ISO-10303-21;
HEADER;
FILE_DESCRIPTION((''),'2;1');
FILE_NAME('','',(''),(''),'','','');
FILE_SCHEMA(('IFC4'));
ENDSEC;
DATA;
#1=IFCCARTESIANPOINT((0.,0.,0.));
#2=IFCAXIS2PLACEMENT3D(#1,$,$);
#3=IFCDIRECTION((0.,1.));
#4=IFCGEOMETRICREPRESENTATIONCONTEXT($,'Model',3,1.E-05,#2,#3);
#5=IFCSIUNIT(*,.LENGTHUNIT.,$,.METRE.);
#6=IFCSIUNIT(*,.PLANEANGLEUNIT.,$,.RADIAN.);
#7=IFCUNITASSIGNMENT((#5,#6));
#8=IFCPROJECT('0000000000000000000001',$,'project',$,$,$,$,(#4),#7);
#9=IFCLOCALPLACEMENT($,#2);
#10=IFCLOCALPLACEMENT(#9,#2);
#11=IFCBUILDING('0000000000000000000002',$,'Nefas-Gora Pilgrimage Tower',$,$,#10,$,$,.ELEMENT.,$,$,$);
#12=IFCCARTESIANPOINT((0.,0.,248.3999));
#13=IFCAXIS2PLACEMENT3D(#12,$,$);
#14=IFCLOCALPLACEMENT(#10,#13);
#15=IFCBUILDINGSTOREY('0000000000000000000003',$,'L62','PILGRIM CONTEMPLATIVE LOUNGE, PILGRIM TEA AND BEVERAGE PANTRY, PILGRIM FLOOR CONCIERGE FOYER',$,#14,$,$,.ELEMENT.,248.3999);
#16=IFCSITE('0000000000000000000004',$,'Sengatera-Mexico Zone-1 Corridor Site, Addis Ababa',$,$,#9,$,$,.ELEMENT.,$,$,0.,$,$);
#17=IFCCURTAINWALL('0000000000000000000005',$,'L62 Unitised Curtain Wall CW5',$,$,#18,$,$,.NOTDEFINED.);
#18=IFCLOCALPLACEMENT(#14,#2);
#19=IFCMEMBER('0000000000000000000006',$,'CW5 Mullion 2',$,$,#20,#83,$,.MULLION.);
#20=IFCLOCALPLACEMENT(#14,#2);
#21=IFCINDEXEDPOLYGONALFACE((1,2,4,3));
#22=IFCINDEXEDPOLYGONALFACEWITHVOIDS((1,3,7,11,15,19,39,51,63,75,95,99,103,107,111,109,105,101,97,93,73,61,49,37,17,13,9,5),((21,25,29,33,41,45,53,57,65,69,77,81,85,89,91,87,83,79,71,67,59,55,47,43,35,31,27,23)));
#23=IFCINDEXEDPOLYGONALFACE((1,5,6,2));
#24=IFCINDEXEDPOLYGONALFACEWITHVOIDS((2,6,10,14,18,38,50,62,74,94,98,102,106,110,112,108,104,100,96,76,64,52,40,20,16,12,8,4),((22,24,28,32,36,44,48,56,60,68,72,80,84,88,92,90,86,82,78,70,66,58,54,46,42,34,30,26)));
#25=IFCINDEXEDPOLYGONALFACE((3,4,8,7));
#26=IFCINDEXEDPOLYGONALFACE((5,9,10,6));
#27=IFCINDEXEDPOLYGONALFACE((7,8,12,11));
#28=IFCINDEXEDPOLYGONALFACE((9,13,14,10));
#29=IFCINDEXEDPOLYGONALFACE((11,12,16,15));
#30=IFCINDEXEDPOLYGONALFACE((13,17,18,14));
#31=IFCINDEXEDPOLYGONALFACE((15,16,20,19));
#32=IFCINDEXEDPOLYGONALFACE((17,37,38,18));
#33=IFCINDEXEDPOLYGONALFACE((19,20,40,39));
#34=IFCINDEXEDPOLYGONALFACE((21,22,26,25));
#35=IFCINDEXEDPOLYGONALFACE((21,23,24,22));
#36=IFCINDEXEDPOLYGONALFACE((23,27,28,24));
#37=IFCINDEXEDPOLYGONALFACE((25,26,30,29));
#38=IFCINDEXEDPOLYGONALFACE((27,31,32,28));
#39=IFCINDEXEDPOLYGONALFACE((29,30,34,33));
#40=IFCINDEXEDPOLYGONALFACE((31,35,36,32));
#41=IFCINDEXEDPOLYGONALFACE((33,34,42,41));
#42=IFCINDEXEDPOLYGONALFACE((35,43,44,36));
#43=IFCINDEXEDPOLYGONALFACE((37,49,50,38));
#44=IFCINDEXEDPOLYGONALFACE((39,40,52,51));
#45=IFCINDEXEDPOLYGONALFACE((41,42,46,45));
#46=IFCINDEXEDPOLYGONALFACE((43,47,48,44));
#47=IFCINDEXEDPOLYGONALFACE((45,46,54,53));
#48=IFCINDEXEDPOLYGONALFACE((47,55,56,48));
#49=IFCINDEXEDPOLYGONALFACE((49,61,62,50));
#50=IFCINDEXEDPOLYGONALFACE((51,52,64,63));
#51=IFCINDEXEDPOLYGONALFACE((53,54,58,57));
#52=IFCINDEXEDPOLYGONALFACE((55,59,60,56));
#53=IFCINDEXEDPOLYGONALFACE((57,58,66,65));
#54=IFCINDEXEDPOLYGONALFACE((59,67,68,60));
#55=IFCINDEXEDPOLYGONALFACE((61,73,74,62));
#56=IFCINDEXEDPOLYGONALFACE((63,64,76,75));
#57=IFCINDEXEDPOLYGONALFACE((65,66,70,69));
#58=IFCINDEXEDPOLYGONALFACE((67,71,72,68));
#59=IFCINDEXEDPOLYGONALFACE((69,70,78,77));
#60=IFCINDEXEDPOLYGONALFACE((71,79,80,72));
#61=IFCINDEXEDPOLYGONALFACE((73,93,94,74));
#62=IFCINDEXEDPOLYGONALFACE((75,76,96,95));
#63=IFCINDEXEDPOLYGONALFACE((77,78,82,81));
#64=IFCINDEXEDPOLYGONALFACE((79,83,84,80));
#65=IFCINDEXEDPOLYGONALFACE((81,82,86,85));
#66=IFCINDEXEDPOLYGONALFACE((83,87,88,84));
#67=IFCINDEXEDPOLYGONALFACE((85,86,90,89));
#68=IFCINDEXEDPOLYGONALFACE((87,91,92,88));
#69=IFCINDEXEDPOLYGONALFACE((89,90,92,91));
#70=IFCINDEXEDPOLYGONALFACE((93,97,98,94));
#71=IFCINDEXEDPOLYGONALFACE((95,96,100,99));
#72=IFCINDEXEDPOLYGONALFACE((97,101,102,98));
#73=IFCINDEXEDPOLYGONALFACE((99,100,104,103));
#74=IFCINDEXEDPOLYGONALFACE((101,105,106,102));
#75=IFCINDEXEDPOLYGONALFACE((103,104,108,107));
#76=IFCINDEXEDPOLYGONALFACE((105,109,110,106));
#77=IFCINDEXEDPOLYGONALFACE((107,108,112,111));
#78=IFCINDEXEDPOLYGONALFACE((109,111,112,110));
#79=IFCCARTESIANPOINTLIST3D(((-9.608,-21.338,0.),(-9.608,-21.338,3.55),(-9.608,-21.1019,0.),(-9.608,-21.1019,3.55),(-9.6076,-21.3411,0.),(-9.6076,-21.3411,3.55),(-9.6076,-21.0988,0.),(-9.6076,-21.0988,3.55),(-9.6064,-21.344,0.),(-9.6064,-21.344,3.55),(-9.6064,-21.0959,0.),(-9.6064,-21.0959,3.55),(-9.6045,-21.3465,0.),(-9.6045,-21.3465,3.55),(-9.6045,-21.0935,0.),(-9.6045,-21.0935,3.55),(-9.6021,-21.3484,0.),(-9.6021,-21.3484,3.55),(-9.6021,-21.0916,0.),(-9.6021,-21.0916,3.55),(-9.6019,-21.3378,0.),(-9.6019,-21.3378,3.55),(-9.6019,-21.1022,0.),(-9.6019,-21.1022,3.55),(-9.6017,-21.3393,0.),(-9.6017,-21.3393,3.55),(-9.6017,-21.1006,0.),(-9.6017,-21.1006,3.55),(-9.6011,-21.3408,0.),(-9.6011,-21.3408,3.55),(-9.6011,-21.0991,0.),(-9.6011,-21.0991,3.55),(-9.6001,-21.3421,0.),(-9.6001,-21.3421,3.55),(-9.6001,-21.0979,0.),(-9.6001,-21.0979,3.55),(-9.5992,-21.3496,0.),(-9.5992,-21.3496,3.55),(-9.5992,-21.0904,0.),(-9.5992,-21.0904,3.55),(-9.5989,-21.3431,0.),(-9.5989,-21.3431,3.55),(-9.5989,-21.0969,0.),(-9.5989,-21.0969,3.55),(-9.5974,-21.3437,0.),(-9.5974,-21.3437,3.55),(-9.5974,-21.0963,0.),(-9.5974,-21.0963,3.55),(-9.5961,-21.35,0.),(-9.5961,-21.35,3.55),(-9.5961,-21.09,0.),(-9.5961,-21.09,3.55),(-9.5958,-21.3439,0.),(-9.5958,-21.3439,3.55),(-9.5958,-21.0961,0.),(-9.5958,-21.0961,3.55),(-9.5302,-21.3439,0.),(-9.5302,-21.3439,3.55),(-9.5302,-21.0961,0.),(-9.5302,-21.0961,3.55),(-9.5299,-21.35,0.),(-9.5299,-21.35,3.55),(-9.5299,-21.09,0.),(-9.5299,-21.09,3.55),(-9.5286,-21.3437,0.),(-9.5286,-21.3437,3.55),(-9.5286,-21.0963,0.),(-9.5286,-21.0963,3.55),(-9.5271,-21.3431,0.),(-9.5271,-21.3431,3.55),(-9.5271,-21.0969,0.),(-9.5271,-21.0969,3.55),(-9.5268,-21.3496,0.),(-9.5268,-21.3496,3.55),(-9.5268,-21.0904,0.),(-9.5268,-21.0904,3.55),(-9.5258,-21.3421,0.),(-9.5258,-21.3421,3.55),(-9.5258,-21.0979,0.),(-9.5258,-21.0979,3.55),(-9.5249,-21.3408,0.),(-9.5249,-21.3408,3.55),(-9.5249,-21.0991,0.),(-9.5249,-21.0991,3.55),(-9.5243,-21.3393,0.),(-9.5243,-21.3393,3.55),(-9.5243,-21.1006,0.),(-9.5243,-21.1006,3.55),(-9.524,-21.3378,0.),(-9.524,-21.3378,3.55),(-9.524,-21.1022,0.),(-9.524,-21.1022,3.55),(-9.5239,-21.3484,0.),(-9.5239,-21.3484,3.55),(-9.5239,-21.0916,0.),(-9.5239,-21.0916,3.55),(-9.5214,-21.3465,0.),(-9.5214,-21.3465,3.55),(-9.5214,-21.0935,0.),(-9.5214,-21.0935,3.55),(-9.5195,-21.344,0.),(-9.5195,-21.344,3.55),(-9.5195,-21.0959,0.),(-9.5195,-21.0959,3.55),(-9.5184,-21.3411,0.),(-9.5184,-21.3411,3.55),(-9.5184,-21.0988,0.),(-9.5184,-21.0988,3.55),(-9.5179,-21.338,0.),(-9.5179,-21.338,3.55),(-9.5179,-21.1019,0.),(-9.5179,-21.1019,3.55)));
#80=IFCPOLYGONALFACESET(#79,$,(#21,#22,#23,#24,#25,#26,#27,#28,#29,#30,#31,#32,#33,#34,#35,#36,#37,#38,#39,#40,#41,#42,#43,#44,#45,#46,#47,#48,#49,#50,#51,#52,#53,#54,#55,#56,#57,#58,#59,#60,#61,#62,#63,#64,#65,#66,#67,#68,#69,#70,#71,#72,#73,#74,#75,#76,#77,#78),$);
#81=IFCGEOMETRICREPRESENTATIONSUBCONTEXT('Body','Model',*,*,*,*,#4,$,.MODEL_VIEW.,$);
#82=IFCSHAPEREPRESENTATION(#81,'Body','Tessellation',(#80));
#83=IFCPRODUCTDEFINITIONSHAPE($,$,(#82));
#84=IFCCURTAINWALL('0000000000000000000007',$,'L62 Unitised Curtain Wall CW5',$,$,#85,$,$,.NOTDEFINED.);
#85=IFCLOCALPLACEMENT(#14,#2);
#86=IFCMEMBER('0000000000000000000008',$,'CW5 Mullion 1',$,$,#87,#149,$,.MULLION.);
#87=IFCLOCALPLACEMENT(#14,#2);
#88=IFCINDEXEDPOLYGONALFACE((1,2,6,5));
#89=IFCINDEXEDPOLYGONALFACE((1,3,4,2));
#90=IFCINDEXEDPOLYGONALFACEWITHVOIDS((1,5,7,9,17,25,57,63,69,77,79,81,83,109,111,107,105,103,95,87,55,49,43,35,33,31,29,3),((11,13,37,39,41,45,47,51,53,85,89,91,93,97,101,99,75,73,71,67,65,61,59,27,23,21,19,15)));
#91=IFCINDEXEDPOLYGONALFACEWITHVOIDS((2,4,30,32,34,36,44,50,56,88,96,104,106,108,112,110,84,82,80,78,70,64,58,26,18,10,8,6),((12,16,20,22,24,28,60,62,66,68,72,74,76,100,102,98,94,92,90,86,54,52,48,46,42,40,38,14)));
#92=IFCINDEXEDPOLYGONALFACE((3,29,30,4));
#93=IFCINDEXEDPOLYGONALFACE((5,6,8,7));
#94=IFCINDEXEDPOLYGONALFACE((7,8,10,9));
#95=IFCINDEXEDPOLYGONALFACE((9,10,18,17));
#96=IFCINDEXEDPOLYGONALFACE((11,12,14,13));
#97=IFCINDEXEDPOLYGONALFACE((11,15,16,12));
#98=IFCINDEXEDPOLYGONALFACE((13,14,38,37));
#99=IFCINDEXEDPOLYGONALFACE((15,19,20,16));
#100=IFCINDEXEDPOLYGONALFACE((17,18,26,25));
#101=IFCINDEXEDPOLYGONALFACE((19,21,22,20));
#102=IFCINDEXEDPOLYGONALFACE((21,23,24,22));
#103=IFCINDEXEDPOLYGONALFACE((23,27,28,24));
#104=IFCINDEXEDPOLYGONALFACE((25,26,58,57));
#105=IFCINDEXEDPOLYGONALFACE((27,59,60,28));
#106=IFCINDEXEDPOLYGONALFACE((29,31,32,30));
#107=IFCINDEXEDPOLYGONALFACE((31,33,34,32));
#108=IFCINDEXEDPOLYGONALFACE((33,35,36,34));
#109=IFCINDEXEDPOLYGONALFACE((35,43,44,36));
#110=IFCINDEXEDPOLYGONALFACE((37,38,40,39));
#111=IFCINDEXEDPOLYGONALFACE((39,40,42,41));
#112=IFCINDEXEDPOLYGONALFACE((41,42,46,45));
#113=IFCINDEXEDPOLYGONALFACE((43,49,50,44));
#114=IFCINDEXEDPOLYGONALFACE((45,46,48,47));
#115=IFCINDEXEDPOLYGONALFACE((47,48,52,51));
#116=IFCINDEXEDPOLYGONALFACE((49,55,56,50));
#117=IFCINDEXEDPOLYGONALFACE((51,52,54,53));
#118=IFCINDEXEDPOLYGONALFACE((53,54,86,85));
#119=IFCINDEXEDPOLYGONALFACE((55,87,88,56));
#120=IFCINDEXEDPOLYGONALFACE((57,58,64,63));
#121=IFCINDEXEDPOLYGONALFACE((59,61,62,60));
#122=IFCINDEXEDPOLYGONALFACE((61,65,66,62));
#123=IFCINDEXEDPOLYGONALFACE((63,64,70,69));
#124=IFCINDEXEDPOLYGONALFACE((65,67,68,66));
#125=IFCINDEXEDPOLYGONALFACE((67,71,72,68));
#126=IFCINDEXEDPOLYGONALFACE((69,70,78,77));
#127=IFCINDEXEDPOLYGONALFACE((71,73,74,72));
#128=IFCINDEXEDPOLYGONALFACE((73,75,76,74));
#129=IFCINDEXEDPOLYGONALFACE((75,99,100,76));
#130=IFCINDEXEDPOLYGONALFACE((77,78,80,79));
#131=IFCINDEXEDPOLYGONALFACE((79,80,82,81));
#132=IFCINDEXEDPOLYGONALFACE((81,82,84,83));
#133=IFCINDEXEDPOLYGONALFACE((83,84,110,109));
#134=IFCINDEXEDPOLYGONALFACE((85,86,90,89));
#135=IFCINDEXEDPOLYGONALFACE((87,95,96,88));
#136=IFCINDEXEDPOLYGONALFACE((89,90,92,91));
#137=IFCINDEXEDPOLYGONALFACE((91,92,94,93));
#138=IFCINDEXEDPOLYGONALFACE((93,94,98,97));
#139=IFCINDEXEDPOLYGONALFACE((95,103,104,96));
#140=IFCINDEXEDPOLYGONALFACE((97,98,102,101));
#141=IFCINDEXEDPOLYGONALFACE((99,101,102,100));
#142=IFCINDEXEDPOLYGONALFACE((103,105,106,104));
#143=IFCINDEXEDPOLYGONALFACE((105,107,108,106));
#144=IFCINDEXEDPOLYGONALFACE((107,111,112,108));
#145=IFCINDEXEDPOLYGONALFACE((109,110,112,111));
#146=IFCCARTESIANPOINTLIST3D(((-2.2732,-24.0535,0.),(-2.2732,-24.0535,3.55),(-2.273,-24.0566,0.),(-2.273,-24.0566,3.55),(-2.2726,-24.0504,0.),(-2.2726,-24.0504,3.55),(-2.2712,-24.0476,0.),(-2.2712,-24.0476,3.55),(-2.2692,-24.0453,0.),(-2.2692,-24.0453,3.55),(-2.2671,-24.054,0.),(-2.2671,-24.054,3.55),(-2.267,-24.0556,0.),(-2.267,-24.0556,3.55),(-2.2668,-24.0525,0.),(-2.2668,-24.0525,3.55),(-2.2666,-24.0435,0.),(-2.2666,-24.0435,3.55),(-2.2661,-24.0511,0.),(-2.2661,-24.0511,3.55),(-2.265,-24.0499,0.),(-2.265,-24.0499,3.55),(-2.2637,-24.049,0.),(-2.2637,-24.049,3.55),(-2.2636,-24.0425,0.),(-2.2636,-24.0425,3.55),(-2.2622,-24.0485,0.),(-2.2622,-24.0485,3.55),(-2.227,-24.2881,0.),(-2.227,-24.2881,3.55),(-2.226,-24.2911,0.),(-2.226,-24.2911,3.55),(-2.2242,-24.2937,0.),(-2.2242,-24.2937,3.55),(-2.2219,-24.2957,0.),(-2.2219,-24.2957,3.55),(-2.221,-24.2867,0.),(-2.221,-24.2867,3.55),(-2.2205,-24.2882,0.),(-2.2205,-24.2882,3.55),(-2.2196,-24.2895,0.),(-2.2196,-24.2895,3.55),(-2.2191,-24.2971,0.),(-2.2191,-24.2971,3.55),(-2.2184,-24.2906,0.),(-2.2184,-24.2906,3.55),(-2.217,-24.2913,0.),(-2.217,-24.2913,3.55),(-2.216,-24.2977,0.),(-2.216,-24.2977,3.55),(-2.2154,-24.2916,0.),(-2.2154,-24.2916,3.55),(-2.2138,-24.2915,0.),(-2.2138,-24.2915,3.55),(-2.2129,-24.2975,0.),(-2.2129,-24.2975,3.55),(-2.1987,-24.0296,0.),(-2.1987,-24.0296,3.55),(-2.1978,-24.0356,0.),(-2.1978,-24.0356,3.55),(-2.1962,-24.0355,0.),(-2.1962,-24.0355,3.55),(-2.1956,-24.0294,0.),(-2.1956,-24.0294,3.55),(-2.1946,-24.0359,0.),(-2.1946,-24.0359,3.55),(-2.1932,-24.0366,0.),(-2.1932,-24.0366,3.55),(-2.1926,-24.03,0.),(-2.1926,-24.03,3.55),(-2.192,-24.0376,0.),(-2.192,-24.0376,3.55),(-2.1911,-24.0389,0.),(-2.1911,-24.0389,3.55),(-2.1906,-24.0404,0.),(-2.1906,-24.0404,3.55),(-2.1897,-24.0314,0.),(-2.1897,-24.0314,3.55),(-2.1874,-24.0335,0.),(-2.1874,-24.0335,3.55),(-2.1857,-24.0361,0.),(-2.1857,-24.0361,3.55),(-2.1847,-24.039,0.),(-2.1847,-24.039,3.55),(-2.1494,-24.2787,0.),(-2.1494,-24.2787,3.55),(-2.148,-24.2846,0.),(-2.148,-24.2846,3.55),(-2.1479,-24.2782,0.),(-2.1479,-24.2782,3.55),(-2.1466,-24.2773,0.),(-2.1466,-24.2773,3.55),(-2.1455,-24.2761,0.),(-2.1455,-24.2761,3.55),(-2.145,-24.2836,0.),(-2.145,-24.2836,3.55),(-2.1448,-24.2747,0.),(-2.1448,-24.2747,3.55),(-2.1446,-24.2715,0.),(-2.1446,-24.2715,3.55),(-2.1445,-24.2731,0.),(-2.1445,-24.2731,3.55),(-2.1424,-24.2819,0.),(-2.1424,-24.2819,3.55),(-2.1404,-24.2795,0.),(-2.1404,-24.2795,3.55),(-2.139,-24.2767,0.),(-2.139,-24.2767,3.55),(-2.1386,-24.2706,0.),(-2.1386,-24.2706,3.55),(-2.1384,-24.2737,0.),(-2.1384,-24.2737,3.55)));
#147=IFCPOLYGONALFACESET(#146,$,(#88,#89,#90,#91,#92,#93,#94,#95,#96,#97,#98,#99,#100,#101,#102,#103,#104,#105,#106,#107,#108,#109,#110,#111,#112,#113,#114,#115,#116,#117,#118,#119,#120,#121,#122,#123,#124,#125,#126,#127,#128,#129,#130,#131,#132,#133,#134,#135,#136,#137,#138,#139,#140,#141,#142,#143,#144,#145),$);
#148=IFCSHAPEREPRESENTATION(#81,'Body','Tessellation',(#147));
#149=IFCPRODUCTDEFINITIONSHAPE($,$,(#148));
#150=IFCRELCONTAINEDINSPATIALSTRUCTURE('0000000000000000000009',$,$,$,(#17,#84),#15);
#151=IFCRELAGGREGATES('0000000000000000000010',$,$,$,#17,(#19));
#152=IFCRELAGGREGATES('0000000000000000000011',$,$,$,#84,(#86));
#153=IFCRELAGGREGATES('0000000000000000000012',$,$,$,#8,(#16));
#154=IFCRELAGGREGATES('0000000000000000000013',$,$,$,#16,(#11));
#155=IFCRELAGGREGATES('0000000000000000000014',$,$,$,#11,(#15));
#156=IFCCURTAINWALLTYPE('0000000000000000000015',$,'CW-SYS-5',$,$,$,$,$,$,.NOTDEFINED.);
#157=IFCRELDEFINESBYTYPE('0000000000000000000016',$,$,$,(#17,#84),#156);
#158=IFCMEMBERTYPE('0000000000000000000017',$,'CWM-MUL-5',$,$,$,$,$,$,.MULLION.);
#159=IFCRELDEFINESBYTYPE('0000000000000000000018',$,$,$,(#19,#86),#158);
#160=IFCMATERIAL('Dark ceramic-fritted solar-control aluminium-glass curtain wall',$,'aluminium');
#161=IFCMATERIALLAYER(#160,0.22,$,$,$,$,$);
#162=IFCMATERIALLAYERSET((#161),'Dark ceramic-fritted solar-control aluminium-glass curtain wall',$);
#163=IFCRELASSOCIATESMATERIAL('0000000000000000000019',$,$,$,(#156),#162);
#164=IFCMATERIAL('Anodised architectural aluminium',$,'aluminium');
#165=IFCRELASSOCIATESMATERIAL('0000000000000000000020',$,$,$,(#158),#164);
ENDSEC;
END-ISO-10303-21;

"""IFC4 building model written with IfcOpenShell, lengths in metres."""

from ifc_helpers import new_model, si_unit, direction, frame, origin, origin_2d, place, context, subcontext, project, spatial, hollow_rectangle, extrude, source, transform, mapped, material, layer, layer_set, material_profile, profile_set, type_object, element, aggregate, save


model = new_model("IFC4")

# Units and contexts
model_context = context("Model", 3, precision=1e-05, world=origin(), true_north=direction((0.0, 1.0)))
body_context = subcontext(model_context, "Body", "Model", "MODEL_VIEW")
ifc_project = project(units=[si_unit("LENGTHUNIT", "METRE"), si_unit("PLANEANGLEUNIT", "RADIAN")], contexts=[model_context])

# Site, building, storey
site_placement = place(None, origin())
site = spatial("IfcSite", under=ifc_project, at=site_placement, Name="Sengatera-Mexico Zone-1 Corridor Site, Addis Ababa", CompositionType="ELEMENT", RefElevation=0.0)
building_placement = place(site_placement, origin())
building = spatial("IfcBuilding", under=site, at=building_placement, Name="Nefas-Gora Pilgrimage Tower", CompositionType="ELEMENT")
storey_placement = place(building_placement, frame((0.0, 0.0, 248.3999)))
storey = spatial("IfcBuildingStorey", under=building, at=storey_placement, Name="L62", Description="PILGRIM CONTEMPLATIVE LOUNGE, PILGRIM TEA AND BEVERAGE PANTRY, PILGRIM FLOOR CONCIERGE FOYER", CompositionType="ELEMENT", Elevation=248.3999)

# Curtain wall, member
ifc_material_1 = material(Name="Dark ceramic-fritted solar-control aluminium-glass curtain wall", Category="aluminium")
ifc_layer_1 = layer(ifc_material_1, 0.22)
ifc_layer_set_1 = layer_set([ifc_layer_1], Name="Dark ceramic-fritted solar-control aluminium-glass curtain wall")
curtain_wall_type = type_object("IfcCurtainWallType", Name="CW-SYS-5", PredefinedType="NOTDEFINED", material=ifc_layer_set_1)
curtain_wall_1_placement = place(storey_placement, origin())
curtain_wall_1 = element("IfcCurtainWall", 1, at=curtain_wall_1_placement, inside=storey, type_object=curtain_wall_type, Name="L62 Unitised Curtain Wall CW5", PredefinedType="NOTDEFINED")
ifc_material_2 = material(Name="Anodised architectural aluminium", Category="aluminium")
ifc_material_profile_1 = material_profile(ifc_material_2, hollow_rectangle(XDim=0.0901, YDim=0.26, WallThickness=0.0061, InnerFilletRadius=0.0061, OuterFilletRadius=0.012, at=origin_2d()), Name="ALU MULLION 90x260")
ifc_profile_set_1 = profile_set([ifc_material_profile_1], Name="Anodised architectural aluminium")
member_type_1 = type_object("IfcMemberType", Name="CWM-MUL-5", PredefinedType="MULLION", material=ifc_profile_set_1)
shared_shape_1 = source(origin(), body_context, "Body", "SweptSolid", [
    extrude(hollow_rectangle(XDim=0.0901, YDim=0.26, WallThickness=0.0061, InnerFilletRadius=0.0061, OuterFilletRadius=0.012, at=origin_2d()), origin(), (0.0, 0.0, 1.0), 3.55),
])
member_1_placement = place(storey_placement, frame((-9.563, -21.22, 0.0), z_axis=(0.0, 0.0, 1.0), x_axis=(1.0, 0.0, 0.0)))
member_1 = element("IfcMember", 2, at=member_1_placement, type_object=member_type_1, Name="CW5 Mullion 2", PredefinedType="MULLION", context=body_context, shape_type="MappedRepresentation", body=[
    mapped(shared_shape_1, transform((0.0, 0.0, 0.0), x_axis=(1.0, 0.0, 0.0), y_axis=(0.0, 1.0, 0.0), z_axis=(0.0, 0.0, 1.0), scale=1.0)),
])
aggregate(curtain_wall_1, [member_1])

# Curtain wall, member
curtain_wall_2_placement = place(storey_placement, origin())
curtain_wall_2 = element("IfcCurtainWall", 3, at=curtain_wall_2_placement, inside=storey, type_object=curtain_wall_type, Name="L62 Unitised Curtain Wall CW5", PredefinedType="NOTDEFINED")
member_2_placement = place(storey_placement, frame((-2.2058, -24.1636, 0.0), z_axis=(0.0, 0.0, 1.0), x_axis=(0.980783, 0.195102, 0.0)))
member_2 = element("IfcMember", 4, at=member_2_placement, type_object=member_type_1, Name="CW5 Mullion 1", PredefinedType="MULLION", context=body_context, shape_type="MappedRepresentation", body=[
    mapped(shared_shape_1, transform((0.0, 0.0, 0.0), x_axis=(1.0, 0.0, 0.0), y_axis=(0.0, 1.0, 0.0), z_axis=(0.0, 0.0, 1.0), scale=1.0)),
])
aggregate(curtain_wall_2, [member_2])

save(model, "model.ifc")
